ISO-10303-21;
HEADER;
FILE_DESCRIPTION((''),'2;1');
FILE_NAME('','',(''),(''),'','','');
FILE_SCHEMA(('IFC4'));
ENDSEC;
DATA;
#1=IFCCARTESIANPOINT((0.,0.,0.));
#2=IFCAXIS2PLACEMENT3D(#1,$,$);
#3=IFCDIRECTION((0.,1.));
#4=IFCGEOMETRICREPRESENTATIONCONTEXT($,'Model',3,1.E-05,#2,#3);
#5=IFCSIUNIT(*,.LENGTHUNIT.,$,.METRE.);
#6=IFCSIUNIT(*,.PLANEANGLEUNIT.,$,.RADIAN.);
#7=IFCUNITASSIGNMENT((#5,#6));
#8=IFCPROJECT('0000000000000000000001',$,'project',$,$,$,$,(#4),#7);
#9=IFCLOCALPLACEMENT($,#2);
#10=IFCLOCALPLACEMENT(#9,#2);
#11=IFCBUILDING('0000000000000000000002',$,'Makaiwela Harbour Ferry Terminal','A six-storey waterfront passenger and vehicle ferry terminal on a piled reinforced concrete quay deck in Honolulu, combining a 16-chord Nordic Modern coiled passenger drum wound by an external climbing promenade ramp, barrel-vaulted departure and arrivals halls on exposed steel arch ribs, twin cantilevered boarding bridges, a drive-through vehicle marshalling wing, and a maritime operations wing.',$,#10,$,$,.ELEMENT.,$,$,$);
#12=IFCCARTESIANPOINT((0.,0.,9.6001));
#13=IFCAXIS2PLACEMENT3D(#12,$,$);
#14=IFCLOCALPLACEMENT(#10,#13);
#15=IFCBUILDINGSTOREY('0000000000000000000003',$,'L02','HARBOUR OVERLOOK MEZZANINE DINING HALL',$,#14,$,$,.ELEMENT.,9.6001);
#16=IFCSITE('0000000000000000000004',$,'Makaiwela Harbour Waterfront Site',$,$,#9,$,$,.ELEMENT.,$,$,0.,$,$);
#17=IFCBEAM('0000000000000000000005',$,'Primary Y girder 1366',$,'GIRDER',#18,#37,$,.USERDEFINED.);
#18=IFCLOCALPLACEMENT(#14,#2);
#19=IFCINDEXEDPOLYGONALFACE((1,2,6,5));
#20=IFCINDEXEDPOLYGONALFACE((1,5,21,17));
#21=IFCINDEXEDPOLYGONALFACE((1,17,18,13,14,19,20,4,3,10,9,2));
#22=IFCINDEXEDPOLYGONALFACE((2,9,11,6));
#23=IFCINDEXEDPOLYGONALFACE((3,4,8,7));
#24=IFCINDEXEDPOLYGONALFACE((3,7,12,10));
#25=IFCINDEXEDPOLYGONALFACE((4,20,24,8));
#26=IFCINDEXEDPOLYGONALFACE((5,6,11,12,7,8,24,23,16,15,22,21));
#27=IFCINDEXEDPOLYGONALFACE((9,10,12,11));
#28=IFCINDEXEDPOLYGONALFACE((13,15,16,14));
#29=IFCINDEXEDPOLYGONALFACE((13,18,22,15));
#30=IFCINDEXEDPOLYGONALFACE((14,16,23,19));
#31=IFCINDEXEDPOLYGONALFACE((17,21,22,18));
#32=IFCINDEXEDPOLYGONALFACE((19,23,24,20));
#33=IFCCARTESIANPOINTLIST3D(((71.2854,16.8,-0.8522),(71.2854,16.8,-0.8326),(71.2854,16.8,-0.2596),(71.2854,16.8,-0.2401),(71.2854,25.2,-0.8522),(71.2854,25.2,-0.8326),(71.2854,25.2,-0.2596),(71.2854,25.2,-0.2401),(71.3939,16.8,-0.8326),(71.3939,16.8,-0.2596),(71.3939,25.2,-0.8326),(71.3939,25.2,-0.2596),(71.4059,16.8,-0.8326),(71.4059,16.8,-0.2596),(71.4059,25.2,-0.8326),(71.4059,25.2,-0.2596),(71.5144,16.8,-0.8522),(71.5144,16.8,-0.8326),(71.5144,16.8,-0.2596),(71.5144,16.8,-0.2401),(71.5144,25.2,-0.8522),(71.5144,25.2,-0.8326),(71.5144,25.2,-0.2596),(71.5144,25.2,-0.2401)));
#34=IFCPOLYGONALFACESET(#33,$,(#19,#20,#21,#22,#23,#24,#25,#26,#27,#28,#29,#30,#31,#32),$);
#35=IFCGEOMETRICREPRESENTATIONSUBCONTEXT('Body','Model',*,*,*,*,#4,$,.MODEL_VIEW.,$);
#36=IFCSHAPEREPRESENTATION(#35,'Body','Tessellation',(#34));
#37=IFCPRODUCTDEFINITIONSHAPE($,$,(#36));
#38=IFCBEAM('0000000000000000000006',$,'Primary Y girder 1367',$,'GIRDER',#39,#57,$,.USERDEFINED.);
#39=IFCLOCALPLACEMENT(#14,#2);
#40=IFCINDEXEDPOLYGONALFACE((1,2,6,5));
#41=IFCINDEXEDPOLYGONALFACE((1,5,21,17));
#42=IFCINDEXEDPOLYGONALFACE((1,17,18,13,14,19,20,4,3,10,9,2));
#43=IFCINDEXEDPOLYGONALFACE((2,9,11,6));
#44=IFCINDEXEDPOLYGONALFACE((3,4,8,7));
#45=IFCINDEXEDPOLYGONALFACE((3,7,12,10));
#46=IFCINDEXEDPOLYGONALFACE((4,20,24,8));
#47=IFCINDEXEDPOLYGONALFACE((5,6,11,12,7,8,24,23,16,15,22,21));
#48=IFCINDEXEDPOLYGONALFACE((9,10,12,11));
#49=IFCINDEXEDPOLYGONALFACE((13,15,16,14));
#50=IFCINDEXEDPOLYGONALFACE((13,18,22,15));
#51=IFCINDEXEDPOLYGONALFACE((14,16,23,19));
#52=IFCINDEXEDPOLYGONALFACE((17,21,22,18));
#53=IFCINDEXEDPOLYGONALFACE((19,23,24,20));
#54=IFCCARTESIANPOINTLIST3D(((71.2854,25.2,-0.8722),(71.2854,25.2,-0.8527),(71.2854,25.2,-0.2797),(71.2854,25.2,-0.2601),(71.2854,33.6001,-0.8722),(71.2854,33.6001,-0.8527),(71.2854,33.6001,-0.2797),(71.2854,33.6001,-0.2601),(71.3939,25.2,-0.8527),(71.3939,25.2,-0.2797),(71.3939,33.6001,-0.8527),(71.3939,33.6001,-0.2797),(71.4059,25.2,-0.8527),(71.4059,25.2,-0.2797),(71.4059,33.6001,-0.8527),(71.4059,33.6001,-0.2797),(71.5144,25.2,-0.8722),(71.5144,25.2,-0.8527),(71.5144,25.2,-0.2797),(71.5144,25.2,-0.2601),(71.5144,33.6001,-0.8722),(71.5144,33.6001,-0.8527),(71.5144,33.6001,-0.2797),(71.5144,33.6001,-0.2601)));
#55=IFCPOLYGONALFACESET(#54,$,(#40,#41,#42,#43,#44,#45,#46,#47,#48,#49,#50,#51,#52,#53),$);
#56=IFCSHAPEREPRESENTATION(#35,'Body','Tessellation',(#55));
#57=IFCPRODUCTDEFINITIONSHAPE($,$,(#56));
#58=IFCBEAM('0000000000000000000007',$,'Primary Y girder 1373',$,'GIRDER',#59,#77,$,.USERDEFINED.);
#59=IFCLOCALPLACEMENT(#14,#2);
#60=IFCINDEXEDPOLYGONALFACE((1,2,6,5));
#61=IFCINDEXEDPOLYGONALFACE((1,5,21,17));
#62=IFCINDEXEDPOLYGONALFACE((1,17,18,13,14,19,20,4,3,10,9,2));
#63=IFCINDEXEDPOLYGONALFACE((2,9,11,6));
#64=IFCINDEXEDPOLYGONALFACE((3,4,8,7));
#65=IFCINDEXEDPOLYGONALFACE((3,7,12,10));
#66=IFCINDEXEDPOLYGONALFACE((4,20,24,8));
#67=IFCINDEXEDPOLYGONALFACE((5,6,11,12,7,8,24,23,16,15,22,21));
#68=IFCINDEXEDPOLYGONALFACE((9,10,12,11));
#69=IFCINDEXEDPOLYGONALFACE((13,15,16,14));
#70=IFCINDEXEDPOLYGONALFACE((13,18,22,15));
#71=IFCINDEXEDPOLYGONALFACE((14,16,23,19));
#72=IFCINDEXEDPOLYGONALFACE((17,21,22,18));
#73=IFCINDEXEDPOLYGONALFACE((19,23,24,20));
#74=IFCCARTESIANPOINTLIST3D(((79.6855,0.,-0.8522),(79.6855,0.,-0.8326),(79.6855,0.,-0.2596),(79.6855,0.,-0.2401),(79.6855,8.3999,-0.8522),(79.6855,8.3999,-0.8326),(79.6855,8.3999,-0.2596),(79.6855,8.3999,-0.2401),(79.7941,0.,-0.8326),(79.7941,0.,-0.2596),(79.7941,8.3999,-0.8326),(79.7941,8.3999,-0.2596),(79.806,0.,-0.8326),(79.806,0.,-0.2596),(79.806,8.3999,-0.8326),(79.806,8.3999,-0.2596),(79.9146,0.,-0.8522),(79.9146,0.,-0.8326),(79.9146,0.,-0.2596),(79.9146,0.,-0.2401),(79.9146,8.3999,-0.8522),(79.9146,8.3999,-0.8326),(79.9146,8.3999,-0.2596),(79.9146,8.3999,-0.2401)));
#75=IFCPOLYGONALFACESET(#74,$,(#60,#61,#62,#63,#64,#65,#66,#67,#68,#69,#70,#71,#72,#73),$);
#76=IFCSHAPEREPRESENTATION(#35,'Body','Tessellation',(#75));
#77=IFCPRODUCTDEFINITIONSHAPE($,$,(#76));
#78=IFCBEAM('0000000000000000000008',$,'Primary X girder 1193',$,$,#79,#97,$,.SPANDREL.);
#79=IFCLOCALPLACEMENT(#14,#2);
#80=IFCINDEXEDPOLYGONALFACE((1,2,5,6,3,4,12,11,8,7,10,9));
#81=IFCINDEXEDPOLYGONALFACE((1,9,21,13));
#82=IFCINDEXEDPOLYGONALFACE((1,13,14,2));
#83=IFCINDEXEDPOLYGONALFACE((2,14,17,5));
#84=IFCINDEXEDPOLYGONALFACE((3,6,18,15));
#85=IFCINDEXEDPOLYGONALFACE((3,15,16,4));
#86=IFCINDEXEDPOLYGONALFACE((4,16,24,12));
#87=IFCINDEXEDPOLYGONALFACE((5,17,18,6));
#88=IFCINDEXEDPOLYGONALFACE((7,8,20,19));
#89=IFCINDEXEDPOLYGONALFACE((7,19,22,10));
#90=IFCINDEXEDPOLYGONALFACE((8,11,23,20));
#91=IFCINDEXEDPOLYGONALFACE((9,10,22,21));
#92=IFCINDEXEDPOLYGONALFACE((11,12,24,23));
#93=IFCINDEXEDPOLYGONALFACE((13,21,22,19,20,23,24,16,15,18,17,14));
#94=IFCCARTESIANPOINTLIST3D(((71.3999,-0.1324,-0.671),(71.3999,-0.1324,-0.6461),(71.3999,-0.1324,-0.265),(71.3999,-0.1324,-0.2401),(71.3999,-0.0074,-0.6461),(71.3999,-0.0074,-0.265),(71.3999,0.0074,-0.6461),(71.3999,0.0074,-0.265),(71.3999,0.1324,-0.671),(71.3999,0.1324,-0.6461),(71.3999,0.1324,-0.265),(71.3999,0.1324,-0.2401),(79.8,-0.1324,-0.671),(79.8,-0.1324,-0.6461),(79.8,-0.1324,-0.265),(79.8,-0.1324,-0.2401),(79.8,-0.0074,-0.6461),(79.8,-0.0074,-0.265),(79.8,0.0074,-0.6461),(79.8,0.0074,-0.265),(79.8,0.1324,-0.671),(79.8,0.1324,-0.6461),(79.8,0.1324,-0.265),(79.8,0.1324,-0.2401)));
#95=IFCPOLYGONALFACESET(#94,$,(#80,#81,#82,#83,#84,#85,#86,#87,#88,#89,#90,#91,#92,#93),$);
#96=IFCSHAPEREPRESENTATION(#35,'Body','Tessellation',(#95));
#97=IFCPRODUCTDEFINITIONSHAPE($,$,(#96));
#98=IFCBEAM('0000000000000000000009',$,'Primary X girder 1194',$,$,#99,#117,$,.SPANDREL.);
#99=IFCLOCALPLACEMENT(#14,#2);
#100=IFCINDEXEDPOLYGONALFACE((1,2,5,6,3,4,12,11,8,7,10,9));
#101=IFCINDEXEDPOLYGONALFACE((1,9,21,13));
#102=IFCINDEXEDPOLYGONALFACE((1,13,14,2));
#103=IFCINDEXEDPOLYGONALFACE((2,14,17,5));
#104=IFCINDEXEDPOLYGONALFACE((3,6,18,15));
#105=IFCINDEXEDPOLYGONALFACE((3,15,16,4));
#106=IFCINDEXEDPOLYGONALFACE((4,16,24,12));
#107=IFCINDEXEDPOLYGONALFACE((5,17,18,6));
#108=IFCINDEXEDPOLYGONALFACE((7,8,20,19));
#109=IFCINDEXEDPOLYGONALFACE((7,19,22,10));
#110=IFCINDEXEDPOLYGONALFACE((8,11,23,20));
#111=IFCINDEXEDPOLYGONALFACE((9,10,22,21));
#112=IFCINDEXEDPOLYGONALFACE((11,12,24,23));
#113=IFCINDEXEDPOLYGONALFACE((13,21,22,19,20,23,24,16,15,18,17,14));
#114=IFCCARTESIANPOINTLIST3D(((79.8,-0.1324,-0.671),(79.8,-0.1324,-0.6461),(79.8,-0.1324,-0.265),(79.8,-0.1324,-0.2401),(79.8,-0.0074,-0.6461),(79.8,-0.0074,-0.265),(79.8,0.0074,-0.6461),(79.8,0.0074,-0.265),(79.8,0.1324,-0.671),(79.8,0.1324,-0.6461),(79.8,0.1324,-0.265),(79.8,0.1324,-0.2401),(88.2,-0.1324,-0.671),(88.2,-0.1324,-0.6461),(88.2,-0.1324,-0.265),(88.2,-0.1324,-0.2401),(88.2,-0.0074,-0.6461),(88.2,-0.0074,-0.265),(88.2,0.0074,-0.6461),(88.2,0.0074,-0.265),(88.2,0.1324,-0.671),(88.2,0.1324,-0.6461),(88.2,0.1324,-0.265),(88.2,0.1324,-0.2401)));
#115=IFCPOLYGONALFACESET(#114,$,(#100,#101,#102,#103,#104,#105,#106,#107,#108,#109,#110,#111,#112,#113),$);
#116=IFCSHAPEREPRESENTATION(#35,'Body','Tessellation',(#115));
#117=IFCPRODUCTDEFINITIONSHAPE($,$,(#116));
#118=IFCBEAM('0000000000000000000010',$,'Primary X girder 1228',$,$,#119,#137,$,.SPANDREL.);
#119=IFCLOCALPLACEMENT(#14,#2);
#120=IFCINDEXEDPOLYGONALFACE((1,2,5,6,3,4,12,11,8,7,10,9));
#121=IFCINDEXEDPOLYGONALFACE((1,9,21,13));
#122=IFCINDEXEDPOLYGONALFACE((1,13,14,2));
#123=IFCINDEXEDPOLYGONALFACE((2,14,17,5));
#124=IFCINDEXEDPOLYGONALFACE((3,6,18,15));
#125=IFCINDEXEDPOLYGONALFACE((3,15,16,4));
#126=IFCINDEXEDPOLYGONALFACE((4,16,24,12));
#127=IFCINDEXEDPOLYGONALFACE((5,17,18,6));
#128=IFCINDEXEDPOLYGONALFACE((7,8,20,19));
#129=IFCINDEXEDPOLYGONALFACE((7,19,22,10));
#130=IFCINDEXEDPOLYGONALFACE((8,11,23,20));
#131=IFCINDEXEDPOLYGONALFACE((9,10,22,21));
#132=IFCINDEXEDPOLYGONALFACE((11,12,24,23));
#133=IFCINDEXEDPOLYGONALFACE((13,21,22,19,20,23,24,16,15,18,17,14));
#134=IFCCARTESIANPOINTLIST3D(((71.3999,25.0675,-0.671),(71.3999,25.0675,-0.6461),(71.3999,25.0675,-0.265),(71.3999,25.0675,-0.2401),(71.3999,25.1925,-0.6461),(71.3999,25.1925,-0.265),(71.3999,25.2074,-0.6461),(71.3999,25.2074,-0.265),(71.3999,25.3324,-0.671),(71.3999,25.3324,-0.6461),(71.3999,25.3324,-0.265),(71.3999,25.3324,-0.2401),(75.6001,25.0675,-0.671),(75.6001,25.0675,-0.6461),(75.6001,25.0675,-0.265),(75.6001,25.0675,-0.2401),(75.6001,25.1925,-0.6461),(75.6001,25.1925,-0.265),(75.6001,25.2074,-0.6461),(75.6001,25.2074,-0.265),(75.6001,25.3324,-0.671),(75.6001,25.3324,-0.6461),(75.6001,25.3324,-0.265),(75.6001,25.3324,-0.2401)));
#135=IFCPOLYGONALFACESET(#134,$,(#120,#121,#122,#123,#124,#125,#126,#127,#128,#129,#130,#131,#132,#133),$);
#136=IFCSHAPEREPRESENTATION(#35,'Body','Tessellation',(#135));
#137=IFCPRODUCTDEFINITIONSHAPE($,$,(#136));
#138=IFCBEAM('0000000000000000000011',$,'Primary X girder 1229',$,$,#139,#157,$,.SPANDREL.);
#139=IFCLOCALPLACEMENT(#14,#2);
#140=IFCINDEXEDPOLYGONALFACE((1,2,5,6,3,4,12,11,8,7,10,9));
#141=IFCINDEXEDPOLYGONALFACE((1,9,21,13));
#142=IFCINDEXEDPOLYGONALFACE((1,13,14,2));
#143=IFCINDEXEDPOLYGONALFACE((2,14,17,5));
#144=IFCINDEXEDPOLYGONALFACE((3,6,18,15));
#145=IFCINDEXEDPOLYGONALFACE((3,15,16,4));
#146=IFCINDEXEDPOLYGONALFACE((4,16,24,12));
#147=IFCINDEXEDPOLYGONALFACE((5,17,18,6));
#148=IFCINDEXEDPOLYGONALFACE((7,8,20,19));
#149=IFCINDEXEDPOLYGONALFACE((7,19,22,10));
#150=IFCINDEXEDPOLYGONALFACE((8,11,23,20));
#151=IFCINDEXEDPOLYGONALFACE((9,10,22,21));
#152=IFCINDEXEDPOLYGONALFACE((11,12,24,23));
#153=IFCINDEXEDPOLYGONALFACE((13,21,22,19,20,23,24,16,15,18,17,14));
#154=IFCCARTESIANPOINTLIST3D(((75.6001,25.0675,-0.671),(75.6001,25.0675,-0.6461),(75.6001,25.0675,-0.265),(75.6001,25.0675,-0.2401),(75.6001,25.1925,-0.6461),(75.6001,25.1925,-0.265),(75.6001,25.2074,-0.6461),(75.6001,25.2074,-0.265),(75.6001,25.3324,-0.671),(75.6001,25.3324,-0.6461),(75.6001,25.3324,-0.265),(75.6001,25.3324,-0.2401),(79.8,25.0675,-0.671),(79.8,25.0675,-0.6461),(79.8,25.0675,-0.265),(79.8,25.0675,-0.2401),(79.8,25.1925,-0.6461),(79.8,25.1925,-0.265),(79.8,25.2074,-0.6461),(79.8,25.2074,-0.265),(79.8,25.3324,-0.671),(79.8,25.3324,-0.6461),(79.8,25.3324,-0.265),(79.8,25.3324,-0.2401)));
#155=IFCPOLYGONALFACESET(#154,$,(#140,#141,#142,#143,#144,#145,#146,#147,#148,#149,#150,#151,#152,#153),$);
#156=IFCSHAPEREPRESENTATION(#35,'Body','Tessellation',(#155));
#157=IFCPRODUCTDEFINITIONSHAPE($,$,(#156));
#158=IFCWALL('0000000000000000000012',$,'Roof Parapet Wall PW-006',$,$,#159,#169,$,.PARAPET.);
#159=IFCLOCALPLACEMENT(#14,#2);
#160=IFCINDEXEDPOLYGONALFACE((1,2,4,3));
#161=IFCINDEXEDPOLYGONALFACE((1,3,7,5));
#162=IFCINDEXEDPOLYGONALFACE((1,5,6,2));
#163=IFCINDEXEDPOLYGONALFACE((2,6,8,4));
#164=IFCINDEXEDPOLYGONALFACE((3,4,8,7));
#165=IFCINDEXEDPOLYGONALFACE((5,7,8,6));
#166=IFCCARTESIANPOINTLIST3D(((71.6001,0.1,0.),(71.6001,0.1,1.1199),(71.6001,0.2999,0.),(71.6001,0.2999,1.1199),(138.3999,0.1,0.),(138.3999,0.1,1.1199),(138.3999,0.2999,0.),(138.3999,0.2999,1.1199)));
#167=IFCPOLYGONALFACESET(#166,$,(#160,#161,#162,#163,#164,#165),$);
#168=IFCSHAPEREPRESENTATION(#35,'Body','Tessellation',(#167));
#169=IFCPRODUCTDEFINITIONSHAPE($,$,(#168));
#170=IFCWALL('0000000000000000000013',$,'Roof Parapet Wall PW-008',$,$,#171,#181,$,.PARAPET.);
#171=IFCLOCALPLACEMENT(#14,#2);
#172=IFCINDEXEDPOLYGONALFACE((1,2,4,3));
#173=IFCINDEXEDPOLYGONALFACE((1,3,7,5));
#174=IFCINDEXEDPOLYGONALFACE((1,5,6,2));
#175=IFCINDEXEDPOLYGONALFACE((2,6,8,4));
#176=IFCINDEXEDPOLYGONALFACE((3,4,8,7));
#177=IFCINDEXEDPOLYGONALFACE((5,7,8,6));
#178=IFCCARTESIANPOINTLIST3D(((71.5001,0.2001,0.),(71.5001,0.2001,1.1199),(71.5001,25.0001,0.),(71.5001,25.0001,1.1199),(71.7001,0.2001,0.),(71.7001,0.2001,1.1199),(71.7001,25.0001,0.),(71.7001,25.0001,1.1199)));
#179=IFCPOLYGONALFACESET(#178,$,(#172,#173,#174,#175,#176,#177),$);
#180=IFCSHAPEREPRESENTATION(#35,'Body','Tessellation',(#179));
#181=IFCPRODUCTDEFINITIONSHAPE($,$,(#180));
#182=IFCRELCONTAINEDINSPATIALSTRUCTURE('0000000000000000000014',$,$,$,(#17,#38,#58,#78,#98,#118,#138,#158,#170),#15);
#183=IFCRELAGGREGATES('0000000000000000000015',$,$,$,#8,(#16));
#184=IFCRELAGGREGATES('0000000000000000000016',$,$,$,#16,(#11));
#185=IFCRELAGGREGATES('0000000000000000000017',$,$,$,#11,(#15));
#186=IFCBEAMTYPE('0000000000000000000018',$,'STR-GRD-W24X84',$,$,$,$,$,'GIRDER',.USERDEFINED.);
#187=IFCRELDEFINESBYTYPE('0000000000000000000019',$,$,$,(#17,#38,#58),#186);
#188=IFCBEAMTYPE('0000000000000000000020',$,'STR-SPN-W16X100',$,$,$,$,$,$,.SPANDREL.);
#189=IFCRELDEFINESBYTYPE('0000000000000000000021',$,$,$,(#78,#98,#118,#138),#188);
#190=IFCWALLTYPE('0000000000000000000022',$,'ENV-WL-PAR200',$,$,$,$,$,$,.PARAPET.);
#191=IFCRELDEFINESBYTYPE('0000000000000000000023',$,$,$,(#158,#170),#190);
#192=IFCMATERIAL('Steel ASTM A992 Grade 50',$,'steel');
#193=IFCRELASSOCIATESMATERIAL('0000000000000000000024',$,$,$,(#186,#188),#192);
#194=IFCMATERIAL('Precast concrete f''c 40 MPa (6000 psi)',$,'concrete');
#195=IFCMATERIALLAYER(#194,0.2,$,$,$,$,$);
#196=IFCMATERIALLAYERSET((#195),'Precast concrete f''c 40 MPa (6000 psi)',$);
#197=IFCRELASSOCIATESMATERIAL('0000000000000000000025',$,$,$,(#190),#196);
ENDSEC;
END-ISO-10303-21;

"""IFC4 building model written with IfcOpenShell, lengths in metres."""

from ifc_helpers import new_model, si_unit, direction, frame, frame_2d, origin, origin_2d, place, context, subcontext, project, spatial, rectangle, i_section, extrude, material, layer, layer_set, material_profile, profile_set, type_object, element, save


model = new_model("IFC4")

# Units and contexts
model_context = context("Model", 3, precision=1e-05, world=origin(), true_north=direction((0.0, 1.0)))
body_context = subcontext(model_context, "Body", "Model", "MODEL_VIEW")
ifc_project = project(units=[si_unit("LENGTHUNIT", "METRE"), si_unit("PLANEANGLEUNIT", "RADIAN")], contexts=[model_context])

# Site, building, storey
site_placement = place(None, origin())
site = spatial("IfcSite", under=ifc_project, at=site_placement, Name="Makaiwela Harbour Waterfront Site", CompositionType="ELEMENT", RefElevation=0.0)
building_placement = place(site_placement, origin())
building = spatial("IfcBuilding", under=site, at=building_placement, Name="Makaiwela Harbour Ferry Terminal", Description="A six-storey waterfront passenger and vehicle ferry terminal on a piled reinforced concrete quay deck in Honolulu, combining a 16-chord Nordic Modern coiled passenger drum wound by an external climbing promenade ramp, barrel-vaulted departure and arrivals halls on exposed steel arch ribs, twin cantilevered boarding bridges, a drive-through vehicle marshalling wing, and a maritime operations wing.", CompositionType="ELEMENT")
storey_placement = place(building_placement, frame((0.0, 0.0, 9.6001)))
storey = spatial("IfcBuildingStorey", under=building, at=storey_placement, Name="L02", Description="HARBOUR OVERLOOK MEZZANINE DINING HALL", CompositionType="ELEMENT", Elevation=9.6001)

# Shared definitions
ifc_material_1 = material(Name="Steel ASTM A992 Grade 50", Category="steel")

# Beams
ifc_material_profile_1 = material_profile(ifc_material_1, i_section(OverallWidth=0.229, OverallDepth=0.6121, WebThickness=0.012, FlangeThickness=0.0195, at=origin_2d()), Name="W24X84")
ifc_profile_set_1 = profile_set([ifc_material_profile_1], Name="Steel ASTM A992 Grade 50")
beam_type_1 = type_object("IfcBeamType", Name="STR-GRD-W24X84", ElementType="GIRDER", PredefinedType="USERDEFINED", material=ifc_profile_set_1)
beam_1_placement = place(storey_placement, frame((71.3999, 16.8, -0.5461), z_axis=(0.0, 1.0, 0.0), x_axis=(-1.0, 0.0, 0.0)))
element("IfcBeam", 1, at=beam_1_placement, inside=storey, type_object=beam_type_1, Name="Primary Y girder 1366", ObjectType="GIRDER", PredefinedType="USERDEFINED", context=body_context, shape_type="SweptSolid", body=[
    extrude(i_section(OverallWidth=0.229, OverallDepth=0.6121, WebThickness=0.012, FlangeThickness=0.0195, at=origin_2d()), origin(), (0.0, 0.0, 1.0), 8.3999),
])
beam_2_placement = place(storey_placement, frame((71.3999, 25.2, -0.5662), z_axis=(0.0, 1.0, 0.0), x_axis=(-1.0, 0.0, 0.0)))
element("IfcBeam", 2, at=beam_2_placement, inside=storey, type_object=beam_type_1, Name="Primary Y girder 1367", ObjectType="GIRDER", PredefinedType="USERDEFINED", context=body_context, shape_type="SweptSolid", body=[
    extrude(i_section(OverallWidth=0.229, OverallDepth=0.6121, WebThickness=0.012, FlangeThickness=0.0195, at=origin_2d()), origin(), (0.0, 0.0, 1.0), 8.4001),
])
beam_3_placement = place(storey_placement, frame((79.8, 0.0, -0.5461), z_axis=(0.0, 1.0, 0.0), x_axis=(-1.0, 0.0, 0.0)))
element("IfcBeam", 3, at=beam_3_placement, inside=storey, type_object=beam_type_1, Name="Primary Y girder 1373", ObjectType="GIRDER", PredefinedType="USERDEFINED", context=body_context, shape_type="SweptSolid", body=[
    extrude(i_section(OverallWidth=0.229, OverallDepth=0.6121, WebThickness=0.012, FlangeThickness=0.0195, at=origin_2d()), origin(), (0.0, 0.0, 1.0), 8.3999),
])
ifc_material_profile_2 = material_profile(ifc_material_1, i_section(OverallWidth=0.2649, OverallDepth=0.4309, WebThickness=0.0149, FlangeThickness=0.0249, at=origin_2d()), Name="W16X100")
ifc_profile_set_2 = profile_set([ifc_material_profile_2], Name="Steel ASTM A992 Grade 50")
beam_type_2 = type_object("IfcBeamType", Name="STR-SPN-W16X100", PredefinedType="SPANDREL", material=ifc_profile_set_2)
beam_4_placement = place(storey_placement, frame((71.3999, 0.0, -0.4556), z_axis=(1.0, 0.0, 0.0), x_axis=(0.0, 1.0, 0.0)))
element("IfcBeam", 4, at=beam_4_placement, inside=storey, type_object=beam_type_2, Name="Primary X girder 1193", PredefinedType="SPANDREL", context=body_context, shape_type="SweptSolid", body=[
    extrude(i_section(OverallWidth=0.2649, OverallDepth=0.4309, WebThickness=0.0149, FlangeThickness=0.0249, at=origin_2d()), origin(), (0.0, 0.0, 1.0), 8.4001),
])
beam_5_placement = place(storey_placement, frame((79.8, 0.0, -0.4556), z_axis=(1.0, 0.0, 0.0), x_axis=(0.0, 1.0, 0.0)))
element("IfcBeam", 5, at=beam_5_placement, inside=storey, type_object=beam_type_2, Name="Primary X girder 1194", PredefinedType="SPANDREL", context=body_context, shape_type="SweptSolid", body=[
    extrude(i_section(OverallWidth=0.2649, OverallDepth=0.4309, WebThickness=0.0149, FlangeThickness=0.0249, at=origin_2d()), origin(), (0.0, 0.0, 1.0), 8.3999),
])
beam_6_placement = place(storey_placement, frame((71.3999, 25.2, -0.4556), z_axis=(1.0, 0.0, 0.0), x_axis=(0.0, 1.0, 0.0)))
element("IfcBeam", 6, at=beam_6_placement, inside=storey, type_object=beam_type_2, Name="Primary X girder 1228", PredefinedType="SPANDREL", context=body_context, shape_type="SweptSolid", body=[
    extrude(i_section(OverallWidth=0.2649, OverallDepth=0.4309, WebThickness=0.0149, FlangeThickness=0.0249, at=origin_2d()), origin(), (0.0, 0.0, 1.0), 4.2002),
])
beam_7_placement = place(storey_placement, frame((75.6001, 25.2, -0.4556), z_axis=(1.0, 0.0, 0.0), x_axis=(0.0, 1.0, 0.0)))
element("IfcBeam", 7, at=beam_7_placement, inside=storey, type_object=beam_type_2, Name="Primary X girder 1229", PredefinedType="SPANDREL", context=body_context, shape_type="SweptSolid", body=[
    extrude(i_section(OverallWidth=0.2649, OverallDepth=0.4309, WebThickness=0.0149, FlangeThickness=0.0249, at=origin_2d()), origin(), (0.0, 0.0, 1.0), 4.2),
])

# Walls
ifc_material_2 = material(Name="Precast concrete f'c 40 MPa (6000 psi)", Category="concrete")
ifc_layer = layer(ifc_material_2, 0.2)
ifc_layer_set = layer_set([ifc_layer], Name="Precast concrete f'c 40 MPa (6000 psi)")
wall_type = type_object("IfcWallType", Name="ENV-WL-PAR200", PredefinedType="PARAPET", material=ifc_layer_set)
wall_1_placement = place(storey_placement, frame((71.6001, 0.2, 0.0), z_axis=(0.0, 0.0, 1.0), x_axis=(1.0, 0.0, 0.0)))
element("IfcWall", 8, at=wall_1_placement, inside=storey, type_object=wall_type, Name="Roof Parapet Wall PW-006", PredefinedType="PARAPET", context=body_context, shape_type="SweptSolid", body=[
    extrude(rectangle(XDim=66.7998, YDim=0.2, at=frame_2d((33.3999, 0.0))), origin(), (0.0, 0.0, 1.0), 1.1199),
])
wall_2_placement = place(storey_placement, frame((71.6001, 25.0, 0.0), z_axis=(0.0, 0.0, 1.0), x_axis=(0.0, -1.0, 0.0)))
element("IfcWall", 9, at=wall_2_placement, inside=storey, type_object=wall_type, Name="Roof Parapet Wall PW-008", PredefinedType="PARAPET", context=body_context, shape_type="SweptSolid", body=[
    extrude(rectangle(XDim=24.8, YDim=0.2, at=frame_2d((12.3999, 0.0))), origin(), (0.0, 0.0, 1.0), 1.1199),
])

save(model, "model.ifc")
